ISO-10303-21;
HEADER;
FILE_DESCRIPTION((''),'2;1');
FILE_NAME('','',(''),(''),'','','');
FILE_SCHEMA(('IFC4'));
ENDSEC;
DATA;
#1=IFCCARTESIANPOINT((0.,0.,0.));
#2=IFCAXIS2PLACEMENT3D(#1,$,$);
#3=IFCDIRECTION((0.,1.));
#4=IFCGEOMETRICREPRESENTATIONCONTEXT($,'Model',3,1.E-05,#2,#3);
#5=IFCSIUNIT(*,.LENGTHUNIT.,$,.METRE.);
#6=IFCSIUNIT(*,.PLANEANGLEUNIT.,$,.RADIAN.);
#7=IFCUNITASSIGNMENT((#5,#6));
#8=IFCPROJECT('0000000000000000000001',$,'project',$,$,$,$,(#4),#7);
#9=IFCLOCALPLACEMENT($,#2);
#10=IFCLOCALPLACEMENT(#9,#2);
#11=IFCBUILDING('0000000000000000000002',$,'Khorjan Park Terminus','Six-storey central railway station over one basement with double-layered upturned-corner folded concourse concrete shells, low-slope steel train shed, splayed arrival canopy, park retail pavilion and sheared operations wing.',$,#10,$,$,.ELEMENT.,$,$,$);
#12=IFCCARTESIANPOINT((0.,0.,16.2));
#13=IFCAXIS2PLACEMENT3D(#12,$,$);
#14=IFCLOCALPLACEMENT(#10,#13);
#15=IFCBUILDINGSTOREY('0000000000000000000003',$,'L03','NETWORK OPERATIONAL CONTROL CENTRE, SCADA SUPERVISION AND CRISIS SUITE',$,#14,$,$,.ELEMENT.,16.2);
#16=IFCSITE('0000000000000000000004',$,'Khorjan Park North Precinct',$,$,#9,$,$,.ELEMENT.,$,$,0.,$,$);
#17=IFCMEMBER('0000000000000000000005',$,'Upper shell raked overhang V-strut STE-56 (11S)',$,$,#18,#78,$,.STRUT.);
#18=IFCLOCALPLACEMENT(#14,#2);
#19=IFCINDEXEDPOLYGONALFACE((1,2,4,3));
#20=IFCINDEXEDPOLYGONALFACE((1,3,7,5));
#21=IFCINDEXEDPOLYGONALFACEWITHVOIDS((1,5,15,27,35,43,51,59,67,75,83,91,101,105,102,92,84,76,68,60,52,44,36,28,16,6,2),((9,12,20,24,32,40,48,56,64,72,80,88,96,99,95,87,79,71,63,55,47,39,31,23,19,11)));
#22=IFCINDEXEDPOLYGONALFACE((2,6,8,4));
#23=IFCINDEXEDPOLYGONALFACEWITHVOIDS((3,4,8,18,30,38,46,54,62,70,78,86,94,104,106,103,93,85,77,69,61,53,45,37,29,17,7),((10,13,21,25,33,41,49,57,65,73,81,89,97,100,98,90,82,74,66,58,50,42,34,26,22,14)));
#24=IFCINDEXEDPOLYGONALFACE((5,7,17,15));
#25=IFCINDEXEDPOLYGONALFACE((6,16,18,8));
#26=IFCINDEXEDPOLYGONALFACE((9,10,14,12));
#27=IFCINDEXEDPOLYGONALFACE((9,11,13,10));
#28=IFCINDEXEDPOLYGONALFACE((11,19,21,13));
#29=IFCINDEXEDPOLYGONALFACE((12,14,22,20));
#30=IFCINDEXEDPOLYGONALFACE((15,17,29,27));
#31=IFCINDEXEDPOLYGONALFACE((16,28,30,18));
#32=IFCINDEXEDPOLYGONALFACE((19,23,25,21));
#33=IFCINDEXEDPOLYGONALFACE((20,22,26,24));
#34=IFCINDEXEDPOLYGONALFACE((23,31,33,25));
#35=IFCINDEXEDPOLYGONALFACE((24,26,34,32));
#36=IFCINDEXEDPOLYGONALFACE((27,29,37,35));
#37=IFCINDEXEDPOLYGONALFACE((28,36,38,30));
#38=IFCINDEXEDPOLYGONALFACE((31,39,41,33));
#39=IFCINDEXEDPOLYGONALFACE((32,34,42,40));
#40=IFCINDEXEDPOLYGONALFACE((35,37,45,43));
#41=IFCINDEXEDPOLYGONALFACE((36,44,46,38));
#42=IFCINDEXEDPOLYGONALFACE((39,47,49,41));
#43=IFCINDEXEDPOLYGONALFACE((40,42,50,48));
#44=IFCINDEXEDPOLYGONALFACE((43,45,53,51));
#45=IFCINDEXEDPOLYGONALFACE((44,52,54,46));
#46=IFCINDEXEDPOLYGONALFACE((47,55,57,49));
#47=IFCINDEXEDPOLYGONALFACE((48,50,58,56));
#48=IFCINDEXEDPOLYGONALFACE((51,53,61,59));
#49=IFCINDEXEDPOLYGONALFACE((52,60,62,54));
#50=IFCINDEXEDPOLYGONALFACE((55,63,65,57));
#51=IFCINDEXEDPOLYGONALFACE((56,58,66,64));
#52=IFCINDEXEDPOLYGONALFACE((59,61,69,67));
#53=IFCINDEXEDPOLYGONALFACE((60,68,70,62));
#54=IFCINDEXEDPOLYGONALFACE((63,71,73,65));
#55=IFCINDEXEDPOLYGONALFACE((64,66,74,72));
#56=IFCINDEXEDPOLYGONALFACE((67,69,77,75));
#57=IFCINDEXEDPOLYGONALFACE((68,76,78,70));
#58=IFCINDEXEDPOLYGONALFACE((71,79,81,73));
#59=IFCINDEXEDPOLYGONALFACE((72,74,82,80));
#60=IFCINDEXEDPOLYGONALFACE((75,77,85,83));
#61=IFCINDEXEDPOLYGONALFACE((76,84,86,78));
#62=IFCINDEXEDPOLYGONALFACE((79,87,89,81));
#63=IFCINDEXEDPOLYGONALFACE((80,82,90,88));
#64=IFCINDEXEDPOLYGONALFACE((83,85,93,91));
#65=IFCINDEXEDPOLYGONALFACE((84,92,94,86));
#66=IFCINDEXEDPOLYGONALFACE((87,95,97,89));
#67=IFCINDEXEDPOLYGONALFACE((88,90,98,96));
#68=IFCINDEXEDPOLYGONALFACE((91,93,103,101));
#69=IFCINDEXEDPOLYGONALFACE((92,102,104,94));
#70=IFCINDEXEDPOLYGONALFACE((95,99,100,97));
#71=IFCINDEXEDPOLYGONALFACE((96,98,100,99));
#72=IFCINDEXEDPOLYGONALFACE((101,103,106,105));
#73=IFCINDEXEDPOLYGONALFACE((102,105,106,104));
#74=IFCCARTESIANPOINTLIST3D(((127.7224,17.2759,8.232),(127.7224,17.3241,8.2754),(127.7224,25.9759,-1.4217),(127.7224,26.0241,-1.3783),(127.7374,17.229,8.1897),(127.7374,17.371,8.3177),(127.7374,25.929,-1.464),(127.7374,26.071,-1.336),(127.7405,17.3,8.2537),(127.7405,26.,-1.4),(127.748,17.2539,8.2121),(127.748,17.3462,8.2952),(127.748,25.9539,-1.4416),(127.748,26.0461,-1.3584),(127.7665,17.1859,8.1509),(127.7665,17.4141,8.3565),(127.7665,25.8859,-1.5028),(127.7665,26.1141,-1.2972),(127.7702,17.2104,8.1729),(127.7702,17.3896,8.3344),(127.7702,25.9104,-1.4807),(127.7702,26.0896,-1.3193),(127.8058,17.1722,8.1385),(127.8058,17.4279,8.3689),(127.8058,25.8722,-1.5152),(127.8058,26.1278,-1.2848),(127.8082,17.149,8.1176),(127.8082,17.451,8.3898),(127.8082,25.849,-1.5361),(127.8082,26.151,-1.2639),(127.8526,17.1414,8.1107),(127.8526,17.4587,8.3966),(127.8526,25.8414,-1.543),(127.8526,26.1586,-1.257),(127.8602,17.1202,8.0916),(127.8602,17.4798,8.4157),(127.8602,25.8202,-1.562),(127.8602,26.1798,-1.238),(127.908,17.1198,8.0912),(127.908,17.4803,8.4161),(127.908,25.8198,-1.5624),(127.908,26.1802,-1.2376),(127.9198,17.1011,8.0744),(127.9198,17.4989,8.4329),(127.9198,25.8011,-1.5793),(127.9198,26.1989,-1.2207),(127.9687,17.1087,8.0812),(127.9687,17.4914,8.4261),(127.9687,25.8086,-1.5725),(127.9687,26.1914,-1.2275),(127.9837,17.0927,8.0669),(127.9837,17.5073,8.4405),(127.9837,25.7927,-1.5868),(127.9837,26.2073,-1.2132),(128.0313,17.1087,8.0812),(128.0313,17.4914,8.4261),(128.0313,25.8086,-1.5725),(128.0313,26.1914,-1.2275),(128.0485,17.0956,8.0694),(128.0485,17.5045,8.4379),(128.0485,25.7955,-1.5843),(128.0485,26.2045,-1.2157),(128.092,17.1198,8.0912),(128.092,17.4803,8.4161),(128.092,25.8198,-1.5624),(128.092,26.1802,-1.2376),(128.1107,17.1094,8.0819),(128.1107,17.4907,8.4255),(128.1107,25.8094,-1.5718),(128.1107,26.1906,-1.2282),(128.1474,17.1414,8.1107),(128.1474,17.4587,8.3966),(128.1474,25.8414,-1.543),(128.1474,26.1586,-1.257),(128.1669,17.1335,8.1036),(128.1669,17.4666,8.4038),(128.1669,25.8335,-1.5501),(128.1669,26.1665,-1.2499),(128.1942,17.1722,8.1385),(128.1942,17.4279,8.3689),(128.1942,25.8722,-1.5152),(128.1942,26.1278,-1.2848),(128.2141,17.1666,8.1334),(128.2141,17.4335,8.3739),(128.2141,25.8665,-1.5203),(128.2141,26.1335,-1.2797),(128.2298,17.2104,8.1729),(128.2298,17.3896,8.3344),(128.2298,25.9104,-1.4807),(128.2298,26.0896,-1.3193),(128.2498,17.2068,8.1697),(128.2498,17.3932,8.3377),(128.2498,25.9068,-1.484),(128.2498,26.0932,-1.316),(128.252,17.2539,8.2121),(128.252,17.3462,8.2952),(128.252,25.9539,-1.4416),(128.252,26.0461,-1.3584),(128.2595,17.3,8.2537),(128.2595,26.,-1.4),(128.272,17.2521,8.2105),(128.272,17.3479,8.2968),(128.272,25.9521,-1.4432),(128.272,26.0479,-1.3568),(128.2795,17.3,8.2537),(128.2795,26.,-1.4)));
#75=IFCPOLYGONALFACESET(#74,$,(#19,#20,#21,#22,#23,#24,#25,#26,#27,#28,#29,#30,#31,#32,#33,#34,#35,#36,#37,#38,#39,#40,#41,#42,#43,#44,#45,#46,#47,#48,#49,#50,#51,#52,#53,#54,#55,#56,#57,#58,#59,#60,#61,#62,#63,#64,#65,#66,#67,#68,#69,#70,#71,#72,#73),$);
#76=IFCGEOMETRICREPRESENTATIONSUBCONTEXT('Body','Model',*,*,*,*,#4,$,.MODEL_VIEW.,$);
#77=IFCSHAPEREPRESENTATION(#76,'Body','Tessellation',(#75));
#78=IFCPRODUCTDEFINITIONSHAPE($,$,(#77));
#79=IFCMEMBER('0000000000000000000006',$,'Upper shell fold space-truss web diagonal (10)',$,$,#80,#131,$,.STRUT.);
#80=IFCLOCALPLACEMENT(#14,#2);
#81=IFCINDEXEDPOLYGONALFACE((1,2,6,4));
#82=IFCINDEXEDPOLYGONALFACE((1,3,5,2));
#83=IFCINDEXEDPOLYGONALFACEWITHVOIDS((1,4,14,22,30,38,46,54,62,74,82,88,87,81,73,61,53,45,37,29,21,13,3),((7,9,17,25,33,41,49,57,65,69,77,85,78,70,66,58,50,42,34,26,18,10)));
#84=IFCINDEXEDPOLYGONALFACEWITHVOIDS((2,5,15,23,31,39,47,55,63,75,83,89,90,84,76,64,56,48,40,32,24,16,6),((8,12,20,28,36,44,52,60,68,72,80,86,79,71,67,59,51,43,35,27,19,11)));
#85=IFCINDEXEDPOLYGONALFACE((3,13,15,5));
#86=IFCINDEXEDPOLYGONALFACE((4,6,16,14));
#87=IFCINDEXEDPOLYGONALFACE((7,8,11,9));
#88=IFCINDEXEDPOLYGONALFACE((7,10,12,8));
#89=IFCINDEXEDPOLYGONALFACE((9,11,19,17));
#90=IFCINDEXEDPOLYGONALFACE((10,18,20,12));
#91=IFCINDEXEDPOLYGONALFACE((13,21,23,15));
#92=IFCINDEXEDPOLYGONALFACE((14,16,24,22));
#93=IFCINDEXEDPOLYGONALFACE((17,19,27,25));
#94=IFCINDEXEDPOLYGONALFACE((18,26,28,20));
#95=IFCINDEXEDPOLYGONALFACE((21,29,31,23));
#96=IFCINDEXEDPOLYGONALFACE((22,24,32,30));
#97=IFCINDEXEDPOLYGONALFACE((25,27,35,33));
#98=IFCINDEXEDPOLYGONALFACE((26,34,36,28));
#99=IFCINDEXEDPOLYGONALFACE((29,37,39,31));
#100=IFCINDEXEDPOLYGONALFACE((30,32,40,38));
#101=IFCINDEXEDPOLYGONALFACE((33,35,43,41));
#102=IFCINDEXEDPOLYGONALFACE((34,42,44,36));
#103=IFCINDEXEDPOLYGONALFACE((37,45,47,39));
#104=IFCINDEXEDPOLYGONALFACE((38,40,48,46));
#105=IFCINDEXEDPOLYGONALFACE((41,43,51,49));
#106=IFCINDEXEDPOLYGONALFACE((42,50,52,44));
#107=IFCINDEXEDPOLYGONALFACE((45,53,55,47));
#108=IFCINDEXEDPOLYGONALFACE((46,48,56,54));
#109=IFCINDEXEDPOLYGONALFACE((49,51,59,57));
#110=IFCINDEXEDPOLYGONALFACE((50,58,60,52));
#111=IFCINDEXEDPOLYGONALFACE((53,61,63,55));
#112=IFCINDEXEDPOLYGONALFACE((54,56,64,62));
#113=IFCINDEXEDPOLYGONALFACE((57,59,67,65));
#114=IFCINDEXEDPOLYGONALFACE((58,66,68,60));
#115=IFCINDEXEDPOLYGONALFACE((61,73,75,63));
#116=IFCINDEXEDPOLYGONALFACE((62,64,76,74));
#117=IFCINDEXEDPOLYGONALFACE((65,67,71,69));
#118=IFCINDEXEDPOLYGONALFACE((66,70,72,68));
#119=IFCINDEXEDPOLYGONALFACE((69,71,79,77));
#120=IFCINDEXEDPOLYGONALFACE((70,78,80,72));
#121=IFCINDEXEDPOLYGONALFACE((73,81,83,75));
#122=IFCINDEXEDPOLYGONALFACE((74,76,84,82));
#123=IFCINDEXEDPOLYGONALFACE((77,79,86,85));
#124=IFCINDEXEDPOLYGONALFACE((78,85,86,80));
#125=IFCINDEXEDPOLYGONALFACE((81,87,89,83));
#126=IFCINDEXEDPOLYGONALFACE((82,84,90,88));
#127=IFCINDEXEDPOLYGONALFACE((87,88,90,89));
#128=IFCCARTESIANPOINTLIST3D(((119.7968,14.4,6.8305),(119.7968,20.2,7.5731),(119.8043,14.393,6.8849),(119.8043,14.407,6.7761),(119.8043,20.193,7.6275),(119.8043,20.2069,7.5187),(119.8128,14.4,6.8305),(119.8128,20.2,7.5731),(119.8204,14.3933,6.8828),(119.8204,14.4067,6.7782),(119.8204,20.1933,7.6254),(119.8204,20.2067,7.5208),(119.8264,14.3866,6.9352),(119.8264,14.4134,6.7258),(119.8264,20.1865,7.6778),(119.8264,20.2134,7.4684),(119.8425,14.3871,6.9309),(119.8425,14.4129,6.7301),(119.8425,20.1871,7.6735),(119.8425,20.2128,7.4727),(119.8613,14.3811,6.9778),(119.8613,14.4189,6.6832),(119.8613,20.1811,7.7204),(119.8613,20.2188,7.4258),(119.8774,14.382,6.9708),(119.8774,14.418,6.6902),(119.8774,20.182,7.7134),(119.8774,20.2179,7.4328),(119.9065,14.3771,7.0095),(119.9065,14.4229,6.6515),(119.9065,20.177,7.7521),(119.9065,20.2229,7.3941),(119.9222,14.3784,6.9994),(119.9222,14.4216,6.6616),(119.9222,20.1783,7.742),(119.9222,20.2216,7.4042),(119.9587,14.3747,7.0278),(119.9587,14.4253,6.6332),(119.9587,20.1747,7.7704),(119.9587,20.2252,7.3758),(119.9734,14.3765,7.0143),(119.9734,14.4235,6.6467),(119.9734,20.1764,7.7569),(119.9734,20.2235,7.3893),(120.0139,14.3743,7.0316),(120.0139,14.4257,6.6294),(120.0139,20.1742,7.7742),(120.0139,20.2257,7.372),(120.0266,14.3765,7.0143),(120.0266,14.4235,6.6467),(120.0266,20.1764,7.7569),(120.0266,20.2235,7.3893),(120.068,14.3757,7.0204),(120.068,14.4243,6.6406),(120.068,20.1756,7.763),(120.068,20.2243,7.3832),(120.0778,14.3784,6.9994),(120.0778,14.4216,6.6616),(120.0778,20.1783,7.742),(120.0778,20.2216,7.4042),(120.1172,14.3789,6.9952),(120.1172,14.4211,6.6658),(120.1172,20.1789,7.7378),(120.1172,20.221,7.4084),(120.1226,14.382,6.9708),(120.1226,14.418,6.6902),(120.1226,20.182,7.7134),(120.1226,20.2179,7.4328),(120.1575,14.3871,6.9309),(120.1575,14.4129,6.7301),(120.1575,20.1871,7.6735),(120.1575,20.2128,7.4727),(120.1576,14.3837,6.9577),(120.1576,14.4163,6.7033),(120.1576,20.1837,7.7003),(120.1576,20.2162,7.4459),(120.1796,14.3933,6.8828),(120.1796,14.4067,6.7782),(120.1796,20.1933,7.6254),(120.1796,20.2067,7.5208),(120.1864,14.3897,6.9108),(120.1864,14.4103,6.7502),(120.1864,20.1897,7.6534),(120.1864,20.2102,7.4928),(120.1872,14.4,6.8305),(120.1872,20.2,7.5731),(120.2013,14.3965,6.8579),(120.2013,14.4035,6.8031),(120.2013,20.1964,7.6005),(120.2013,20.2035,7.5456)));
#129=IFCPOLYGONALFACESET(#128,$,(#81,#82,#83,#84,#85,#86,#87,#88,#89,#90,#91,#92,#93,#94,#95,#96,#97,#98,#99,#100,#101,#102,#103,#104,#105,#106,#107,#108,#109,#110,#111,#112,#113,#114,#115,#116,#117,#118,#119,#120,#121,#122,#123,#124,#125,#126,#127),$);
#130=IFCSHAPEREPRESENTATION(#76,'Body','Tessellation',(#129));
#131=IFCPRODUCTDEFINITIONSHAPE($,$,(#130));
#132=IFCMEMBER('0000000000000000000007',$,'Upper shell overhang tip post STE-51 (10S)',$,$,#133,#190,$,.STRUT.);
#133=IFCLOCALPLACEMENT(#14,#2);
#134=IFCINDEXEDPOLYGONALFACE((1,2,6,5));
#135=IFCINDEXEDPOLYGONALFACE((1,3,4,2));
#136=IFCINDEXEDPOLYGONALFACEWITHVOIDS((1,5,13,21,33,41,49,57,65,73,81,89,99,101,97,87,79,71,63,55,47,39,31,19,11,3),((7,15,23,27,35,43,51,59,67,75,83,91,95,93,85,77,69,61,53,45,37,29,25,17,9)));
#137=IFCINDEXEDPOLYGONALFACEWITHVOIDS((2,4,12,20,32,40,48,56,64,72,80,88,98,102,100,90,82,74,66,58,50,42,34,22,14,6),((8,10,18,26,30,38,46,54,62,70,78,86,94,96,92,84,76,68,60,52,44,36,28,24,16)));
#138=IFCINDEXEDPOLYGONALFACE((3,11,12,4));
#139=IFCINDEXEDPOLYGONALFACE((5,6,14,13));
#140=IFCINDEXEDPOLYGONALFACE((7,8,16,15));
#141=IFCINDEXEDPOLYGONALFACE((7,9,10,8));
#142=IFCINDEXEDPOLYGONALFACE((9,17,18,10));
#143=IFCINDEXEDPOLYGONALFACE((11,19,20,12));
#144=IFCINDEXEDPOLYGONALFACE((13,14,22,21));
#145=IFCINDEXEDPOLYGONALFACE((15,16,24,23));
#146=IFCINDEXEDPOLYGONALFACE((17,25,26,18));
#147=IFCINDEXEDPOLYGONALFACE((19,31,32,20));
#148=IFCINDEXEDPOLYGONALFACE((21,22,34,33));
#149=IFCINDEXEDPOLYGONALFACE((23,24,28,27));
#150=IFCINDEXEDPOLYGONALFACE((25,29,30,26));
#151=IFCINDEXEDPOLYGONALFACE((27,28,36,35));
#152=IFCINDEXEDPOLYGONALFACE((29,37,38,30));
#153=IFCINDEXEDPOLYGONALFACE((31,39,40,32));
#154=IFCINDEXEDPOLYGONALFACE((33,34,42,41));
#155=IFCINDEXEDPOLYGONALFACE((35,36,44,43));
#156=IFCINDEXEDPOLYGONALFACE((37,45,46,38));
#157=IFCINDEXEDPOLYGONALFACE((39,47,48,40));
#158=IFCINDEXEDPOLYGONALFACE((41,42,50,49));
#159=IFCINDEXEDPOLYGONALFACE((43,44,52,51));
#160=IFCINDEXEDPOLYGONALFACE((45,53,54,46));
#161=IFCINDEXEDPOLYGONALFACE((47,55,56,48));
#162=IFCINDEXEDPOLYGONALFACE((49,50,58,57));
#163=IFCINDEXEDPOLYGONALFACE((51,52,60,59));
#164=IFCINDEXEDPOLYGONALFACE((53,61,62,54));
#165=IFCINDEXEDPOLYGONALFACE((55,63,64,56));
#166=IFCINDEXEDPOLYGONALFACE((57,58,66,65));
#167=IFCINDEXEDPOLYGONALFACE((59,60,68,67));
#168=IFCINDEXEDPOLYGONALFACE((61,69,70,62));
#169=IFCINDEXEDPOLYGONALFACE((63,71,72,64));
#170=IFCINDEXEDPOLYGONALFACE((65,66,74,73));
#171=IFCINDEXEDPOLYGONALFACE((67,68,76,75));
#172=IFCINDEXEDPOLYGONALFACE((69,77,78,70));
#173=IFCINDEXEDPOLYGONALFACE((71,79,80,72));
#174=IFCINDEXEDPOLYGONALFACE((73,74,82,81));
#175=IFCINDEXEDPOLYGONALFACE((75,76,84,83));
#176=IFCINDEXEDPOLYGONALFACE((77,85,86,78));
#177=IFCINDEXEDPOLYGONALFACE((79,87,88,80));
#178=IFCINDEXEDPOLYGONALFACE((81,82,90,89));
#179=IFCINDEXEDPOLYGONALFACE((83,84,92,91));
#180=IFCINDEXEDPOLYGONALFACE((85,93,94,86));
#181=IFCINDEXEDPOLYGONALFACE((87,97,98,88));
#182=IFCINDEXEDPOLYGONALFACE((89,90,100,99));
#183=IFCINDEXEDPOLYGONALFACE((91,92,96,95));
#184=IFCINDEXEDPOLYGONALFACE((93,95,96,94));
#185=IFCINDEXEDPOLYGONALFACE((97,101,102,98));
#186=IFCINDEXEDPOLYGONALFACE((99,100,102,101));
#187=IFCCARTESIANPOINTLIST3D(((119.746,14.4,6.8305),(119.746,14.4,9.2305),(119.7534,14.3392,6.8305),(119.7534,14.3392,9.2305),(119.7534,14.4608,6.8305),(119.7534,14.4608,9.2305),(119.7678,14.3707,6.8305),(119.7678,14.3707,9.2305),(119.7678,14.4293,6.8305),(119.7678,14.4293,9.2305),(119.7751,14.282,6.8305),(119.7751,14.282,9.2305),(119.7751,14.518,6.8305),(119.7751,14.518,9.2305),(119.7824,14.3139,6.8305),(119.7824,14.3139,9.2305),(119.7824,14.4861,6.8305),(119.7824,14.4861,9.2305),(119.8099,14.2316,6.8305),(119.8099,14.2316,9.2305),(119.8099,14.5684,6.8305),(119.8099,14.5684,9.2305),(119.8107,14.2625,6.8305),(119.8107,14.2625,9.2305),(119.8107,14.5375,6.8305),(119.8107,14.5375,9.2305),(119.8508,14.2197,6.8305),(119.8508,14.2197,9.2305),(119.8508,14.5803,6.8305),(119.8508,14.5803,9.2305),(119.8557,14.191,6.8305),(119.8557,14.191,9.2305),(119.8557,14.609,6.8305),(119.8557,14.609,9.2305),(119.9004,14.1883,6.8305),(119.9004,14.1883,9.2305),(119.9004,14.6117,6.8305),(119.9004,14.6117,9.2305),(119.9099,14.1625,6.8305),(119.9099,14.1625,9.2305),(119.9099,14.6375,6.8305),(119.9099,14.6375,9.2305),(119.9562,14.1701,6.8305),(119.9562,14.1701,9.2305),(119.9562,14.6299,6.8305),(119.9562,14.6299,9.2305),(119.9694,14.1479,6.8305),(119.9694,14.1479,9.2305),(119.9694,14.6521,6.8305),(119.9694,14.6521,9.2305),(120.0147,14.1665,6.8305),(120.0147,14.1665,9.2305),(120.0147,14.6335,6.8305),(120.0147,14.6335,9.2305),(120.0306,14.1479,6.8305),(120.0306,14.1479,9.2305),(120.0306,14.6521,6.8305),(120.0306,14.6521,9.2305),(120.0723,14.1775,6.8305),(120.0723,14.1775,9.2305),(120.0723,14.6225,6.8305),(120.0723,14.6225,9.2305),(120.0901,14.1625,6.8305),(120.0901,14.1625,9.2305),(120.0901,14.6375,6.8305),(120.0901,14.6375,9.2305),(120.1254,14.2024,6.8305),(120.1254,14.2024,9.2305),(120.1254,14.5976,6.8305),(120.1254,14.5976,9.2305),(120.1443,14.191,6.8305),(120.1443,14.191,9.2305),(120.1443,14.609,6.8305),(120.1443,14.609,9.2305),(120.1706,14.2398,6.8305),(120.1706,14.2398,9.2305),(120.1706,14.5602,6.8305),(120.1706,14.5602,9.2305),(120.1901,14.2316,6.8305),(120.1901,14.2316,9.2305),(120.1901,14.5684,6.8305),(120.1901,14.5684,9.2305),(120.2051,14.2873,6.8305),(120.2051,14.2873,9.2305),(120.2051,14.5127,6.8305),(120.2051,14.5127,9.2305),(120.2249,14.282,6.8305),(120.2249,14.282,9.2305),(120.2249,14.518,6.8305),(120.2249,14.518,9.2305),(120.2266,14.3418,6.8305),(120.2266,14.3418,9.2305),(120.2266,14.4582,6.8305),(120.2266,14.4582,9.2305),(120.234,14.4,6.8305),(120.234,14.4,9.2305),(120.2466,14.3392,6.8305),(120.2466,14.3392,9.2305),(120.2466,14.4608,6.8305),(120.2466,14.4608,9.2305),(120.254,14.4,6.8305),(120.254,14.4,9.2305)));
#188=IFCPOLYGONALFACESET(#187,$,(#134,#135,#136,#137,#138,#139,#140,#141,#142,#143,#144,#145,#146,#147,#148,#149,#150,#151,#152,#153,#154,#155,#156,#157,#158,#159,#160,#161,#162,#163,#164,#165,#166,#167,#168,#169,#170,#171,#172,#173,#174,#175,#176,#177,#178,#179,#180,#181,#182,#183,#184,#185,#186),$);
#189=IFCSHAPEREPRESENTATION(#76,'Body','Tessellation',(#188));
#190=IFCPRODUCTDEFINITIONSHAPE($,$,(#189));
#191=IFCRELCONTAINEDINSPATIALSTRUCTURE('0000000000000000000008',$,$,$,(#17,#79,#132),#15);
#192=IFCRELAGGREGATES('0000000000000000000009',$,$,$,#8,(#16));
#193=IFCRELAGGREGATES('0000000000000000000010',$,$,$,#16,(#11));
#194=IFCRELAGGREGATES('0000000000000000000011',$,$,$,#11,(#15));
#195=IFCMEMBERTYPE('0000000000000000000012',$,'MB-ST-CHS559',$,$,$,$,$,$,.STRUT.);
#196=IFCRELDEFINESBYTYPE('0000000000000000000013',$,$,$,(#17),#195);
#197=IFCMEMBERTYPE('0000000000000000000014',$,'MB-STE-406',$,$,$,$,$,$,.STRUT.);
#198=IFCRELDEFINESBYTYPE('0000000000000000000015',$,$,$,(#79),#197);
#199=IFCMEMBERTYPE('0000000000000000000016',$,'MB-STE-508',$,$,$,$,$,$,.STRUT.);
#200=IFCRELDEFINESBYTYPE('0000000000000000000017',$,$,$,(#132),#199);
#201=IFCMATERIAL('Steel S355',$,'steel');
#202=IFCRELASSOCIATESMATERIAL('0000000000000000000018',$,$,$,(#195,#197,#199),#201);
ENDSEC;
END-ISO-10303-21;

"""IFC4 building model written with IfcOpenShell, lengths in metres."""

from ifc_helpers import new_model, si_unit, direction, frame, origin, origin_2d, place, context, subcontext, project, spatial, hollow_circle, extrude, material, material_profile, profile_set, type_object, element, save


model = new_model("IFC4")

# Units and contexts
model_context = context("Model", 3, precision=1e-05, world=origin(), true_north=direction((0.0, 1.0)))
body_context = subcontext(model_context, "Body", "Model", "MODEL_VIEW")
ifc_project = project(units=[si_unit("LENGTHUNIT", "METRE"), si_unit("PLANEANGLEUNIT", "RADIAN")], contexts=[model_context])

# Site, building, storey
site_placement = place(None, origin())
site = spatial("IfcSite", under=ifc_project, at=site_placement, Name="Khorjan Park North Precinct", CompositionType="ELEMENT", RefElevation=0.0)
building_placement = place(site_placement, origin())
building = spatial("IfcBuilding", under=site, at=building_placement, Name="Khorjan Park Terminus", Description="Six-storey central railway station over one basement with double-layered upturned-corner folded concourse concrete shells, low-slope steel train shed, splayed arrival canopy, park retail pavilion and sheared operations wing.", CompositionType="ELEMENT")
storey_placement = place(building_placement, frame((0.0, 0.0, 16.2)))
storey = spatial("IfcBuildingStorey", under=building, at=storey_placement, Name="L03", Description="NETWORK OPERATIONAL CONTROL CENTRE, SCADA SUPERVISION AND CRISIS SUITE", CompositionType="ELEMENT", Elevation=16.2)

# Members
ifc_material_1 = material(Name="Steel S355", Category="steel")
ifc_material_profile_1 = material_profile(ifc_material_1, hollow_circle(Radius=0.2795, WallThickness=0.02, at=origin_2d()), Name="CHS 559x20")
ifc_profile_set_1 = profile_set([ifc_material_profile_1], Name="Steel S355")
member_type_1 = type_object("IfcMemberType", Name="MB-ST-CHS559", PredefinedType="STRUT", material=ifc_profile_set_1)
member_1_placement = place(storey_placement, frame((128.0, 26.0, -1.4), z_axis=(0.0, -0.669461, 0.742847), x_axis=(1.0, 0.0, 0.0)))
element("IfcMember", 1, at=member_1_placement, inside=storey, type_object=member_type_1, Name="Upper shell raked overhang V-strut STE-56 (11S)", PredefinedType="STRUT", context=body_context, shape_type="SweptSolid", body=[
    extrude(hollow_circle(Radius=0.2795, WallThickness=0.02, at=origin_2d()), origin(), (0.0, 0.0, 1.0), 12.9955),
])
ifc_material_profile_2 = material_profile(ifc_material_1, hollow_circle(Radius=0.2032, WallThickness=0.016, at=origin_2d()), Name="CHS 406.4x16")
ifc_profile_set_2 = profile_set([ifc_material_profile_2], Name="Steel S355")
member_type_2 = type_object("IfcMemberType", Name="MB-STE-406", PredefinedType="STRUT", material=ifc_profile_set_2)
member_2_placement = place(storey_placement, frame((120.0, 14.4, 6.8305), z_axis=(0.0, 0.991903, 0.126998), x_axis=(-1.0, 0.0, 0.0)))
element("IfcMember", 2, at=member_2_placement, inside=storey, type_object=member_type_2, Name="Upper shell fold space-truss web diagonal (10)", PredefinedType="STRUT", context=body_context, shape_type="SweptSolid", body=[
    extrude(hollow_circle(Radius=0.2032, WallThickness=0.016, at=origin_2d()), origin(), (0.0, 0.0, 1.0), 5.8473),
])
ifc_material_profile_3 = material_profile(ifc_material_1, hollow_circle(Radius=0.254, WallThickness=0.02, at=origin_2d()), Name="CHS 508x20")
ifc_profile_set_3 = profile_set([ifc_material_profile_3], Name="Steel S355")
member_type_3 = type_object("IfcMemberType", Name="MB-STE-508", PredefinedType="STRUT", material=ifc_profile_set_3)
member_3_placement = place(storey_placement, frame((120.0, 14.4, 6.8305), z_axis=(0.0, 0.0, 1.0), x_axis=(1.0, 0.0, 0.0)))
element("IfcMember", 3, at=member_3_placement, inside=storey, type_object=member_type_3, Name="Upper shell overhang tip post STE-51 (10S)", PredefinedType="STRUT", context=body_context, shape_type="SweptSolid", body=[
    extrude(hollow_circle(Radius=0.254, WallThickness=0.02, at=origin_2d()), origin(), (0.0, 0.0, 1.0), 2.4),
])

save(model, "model.ifc")
